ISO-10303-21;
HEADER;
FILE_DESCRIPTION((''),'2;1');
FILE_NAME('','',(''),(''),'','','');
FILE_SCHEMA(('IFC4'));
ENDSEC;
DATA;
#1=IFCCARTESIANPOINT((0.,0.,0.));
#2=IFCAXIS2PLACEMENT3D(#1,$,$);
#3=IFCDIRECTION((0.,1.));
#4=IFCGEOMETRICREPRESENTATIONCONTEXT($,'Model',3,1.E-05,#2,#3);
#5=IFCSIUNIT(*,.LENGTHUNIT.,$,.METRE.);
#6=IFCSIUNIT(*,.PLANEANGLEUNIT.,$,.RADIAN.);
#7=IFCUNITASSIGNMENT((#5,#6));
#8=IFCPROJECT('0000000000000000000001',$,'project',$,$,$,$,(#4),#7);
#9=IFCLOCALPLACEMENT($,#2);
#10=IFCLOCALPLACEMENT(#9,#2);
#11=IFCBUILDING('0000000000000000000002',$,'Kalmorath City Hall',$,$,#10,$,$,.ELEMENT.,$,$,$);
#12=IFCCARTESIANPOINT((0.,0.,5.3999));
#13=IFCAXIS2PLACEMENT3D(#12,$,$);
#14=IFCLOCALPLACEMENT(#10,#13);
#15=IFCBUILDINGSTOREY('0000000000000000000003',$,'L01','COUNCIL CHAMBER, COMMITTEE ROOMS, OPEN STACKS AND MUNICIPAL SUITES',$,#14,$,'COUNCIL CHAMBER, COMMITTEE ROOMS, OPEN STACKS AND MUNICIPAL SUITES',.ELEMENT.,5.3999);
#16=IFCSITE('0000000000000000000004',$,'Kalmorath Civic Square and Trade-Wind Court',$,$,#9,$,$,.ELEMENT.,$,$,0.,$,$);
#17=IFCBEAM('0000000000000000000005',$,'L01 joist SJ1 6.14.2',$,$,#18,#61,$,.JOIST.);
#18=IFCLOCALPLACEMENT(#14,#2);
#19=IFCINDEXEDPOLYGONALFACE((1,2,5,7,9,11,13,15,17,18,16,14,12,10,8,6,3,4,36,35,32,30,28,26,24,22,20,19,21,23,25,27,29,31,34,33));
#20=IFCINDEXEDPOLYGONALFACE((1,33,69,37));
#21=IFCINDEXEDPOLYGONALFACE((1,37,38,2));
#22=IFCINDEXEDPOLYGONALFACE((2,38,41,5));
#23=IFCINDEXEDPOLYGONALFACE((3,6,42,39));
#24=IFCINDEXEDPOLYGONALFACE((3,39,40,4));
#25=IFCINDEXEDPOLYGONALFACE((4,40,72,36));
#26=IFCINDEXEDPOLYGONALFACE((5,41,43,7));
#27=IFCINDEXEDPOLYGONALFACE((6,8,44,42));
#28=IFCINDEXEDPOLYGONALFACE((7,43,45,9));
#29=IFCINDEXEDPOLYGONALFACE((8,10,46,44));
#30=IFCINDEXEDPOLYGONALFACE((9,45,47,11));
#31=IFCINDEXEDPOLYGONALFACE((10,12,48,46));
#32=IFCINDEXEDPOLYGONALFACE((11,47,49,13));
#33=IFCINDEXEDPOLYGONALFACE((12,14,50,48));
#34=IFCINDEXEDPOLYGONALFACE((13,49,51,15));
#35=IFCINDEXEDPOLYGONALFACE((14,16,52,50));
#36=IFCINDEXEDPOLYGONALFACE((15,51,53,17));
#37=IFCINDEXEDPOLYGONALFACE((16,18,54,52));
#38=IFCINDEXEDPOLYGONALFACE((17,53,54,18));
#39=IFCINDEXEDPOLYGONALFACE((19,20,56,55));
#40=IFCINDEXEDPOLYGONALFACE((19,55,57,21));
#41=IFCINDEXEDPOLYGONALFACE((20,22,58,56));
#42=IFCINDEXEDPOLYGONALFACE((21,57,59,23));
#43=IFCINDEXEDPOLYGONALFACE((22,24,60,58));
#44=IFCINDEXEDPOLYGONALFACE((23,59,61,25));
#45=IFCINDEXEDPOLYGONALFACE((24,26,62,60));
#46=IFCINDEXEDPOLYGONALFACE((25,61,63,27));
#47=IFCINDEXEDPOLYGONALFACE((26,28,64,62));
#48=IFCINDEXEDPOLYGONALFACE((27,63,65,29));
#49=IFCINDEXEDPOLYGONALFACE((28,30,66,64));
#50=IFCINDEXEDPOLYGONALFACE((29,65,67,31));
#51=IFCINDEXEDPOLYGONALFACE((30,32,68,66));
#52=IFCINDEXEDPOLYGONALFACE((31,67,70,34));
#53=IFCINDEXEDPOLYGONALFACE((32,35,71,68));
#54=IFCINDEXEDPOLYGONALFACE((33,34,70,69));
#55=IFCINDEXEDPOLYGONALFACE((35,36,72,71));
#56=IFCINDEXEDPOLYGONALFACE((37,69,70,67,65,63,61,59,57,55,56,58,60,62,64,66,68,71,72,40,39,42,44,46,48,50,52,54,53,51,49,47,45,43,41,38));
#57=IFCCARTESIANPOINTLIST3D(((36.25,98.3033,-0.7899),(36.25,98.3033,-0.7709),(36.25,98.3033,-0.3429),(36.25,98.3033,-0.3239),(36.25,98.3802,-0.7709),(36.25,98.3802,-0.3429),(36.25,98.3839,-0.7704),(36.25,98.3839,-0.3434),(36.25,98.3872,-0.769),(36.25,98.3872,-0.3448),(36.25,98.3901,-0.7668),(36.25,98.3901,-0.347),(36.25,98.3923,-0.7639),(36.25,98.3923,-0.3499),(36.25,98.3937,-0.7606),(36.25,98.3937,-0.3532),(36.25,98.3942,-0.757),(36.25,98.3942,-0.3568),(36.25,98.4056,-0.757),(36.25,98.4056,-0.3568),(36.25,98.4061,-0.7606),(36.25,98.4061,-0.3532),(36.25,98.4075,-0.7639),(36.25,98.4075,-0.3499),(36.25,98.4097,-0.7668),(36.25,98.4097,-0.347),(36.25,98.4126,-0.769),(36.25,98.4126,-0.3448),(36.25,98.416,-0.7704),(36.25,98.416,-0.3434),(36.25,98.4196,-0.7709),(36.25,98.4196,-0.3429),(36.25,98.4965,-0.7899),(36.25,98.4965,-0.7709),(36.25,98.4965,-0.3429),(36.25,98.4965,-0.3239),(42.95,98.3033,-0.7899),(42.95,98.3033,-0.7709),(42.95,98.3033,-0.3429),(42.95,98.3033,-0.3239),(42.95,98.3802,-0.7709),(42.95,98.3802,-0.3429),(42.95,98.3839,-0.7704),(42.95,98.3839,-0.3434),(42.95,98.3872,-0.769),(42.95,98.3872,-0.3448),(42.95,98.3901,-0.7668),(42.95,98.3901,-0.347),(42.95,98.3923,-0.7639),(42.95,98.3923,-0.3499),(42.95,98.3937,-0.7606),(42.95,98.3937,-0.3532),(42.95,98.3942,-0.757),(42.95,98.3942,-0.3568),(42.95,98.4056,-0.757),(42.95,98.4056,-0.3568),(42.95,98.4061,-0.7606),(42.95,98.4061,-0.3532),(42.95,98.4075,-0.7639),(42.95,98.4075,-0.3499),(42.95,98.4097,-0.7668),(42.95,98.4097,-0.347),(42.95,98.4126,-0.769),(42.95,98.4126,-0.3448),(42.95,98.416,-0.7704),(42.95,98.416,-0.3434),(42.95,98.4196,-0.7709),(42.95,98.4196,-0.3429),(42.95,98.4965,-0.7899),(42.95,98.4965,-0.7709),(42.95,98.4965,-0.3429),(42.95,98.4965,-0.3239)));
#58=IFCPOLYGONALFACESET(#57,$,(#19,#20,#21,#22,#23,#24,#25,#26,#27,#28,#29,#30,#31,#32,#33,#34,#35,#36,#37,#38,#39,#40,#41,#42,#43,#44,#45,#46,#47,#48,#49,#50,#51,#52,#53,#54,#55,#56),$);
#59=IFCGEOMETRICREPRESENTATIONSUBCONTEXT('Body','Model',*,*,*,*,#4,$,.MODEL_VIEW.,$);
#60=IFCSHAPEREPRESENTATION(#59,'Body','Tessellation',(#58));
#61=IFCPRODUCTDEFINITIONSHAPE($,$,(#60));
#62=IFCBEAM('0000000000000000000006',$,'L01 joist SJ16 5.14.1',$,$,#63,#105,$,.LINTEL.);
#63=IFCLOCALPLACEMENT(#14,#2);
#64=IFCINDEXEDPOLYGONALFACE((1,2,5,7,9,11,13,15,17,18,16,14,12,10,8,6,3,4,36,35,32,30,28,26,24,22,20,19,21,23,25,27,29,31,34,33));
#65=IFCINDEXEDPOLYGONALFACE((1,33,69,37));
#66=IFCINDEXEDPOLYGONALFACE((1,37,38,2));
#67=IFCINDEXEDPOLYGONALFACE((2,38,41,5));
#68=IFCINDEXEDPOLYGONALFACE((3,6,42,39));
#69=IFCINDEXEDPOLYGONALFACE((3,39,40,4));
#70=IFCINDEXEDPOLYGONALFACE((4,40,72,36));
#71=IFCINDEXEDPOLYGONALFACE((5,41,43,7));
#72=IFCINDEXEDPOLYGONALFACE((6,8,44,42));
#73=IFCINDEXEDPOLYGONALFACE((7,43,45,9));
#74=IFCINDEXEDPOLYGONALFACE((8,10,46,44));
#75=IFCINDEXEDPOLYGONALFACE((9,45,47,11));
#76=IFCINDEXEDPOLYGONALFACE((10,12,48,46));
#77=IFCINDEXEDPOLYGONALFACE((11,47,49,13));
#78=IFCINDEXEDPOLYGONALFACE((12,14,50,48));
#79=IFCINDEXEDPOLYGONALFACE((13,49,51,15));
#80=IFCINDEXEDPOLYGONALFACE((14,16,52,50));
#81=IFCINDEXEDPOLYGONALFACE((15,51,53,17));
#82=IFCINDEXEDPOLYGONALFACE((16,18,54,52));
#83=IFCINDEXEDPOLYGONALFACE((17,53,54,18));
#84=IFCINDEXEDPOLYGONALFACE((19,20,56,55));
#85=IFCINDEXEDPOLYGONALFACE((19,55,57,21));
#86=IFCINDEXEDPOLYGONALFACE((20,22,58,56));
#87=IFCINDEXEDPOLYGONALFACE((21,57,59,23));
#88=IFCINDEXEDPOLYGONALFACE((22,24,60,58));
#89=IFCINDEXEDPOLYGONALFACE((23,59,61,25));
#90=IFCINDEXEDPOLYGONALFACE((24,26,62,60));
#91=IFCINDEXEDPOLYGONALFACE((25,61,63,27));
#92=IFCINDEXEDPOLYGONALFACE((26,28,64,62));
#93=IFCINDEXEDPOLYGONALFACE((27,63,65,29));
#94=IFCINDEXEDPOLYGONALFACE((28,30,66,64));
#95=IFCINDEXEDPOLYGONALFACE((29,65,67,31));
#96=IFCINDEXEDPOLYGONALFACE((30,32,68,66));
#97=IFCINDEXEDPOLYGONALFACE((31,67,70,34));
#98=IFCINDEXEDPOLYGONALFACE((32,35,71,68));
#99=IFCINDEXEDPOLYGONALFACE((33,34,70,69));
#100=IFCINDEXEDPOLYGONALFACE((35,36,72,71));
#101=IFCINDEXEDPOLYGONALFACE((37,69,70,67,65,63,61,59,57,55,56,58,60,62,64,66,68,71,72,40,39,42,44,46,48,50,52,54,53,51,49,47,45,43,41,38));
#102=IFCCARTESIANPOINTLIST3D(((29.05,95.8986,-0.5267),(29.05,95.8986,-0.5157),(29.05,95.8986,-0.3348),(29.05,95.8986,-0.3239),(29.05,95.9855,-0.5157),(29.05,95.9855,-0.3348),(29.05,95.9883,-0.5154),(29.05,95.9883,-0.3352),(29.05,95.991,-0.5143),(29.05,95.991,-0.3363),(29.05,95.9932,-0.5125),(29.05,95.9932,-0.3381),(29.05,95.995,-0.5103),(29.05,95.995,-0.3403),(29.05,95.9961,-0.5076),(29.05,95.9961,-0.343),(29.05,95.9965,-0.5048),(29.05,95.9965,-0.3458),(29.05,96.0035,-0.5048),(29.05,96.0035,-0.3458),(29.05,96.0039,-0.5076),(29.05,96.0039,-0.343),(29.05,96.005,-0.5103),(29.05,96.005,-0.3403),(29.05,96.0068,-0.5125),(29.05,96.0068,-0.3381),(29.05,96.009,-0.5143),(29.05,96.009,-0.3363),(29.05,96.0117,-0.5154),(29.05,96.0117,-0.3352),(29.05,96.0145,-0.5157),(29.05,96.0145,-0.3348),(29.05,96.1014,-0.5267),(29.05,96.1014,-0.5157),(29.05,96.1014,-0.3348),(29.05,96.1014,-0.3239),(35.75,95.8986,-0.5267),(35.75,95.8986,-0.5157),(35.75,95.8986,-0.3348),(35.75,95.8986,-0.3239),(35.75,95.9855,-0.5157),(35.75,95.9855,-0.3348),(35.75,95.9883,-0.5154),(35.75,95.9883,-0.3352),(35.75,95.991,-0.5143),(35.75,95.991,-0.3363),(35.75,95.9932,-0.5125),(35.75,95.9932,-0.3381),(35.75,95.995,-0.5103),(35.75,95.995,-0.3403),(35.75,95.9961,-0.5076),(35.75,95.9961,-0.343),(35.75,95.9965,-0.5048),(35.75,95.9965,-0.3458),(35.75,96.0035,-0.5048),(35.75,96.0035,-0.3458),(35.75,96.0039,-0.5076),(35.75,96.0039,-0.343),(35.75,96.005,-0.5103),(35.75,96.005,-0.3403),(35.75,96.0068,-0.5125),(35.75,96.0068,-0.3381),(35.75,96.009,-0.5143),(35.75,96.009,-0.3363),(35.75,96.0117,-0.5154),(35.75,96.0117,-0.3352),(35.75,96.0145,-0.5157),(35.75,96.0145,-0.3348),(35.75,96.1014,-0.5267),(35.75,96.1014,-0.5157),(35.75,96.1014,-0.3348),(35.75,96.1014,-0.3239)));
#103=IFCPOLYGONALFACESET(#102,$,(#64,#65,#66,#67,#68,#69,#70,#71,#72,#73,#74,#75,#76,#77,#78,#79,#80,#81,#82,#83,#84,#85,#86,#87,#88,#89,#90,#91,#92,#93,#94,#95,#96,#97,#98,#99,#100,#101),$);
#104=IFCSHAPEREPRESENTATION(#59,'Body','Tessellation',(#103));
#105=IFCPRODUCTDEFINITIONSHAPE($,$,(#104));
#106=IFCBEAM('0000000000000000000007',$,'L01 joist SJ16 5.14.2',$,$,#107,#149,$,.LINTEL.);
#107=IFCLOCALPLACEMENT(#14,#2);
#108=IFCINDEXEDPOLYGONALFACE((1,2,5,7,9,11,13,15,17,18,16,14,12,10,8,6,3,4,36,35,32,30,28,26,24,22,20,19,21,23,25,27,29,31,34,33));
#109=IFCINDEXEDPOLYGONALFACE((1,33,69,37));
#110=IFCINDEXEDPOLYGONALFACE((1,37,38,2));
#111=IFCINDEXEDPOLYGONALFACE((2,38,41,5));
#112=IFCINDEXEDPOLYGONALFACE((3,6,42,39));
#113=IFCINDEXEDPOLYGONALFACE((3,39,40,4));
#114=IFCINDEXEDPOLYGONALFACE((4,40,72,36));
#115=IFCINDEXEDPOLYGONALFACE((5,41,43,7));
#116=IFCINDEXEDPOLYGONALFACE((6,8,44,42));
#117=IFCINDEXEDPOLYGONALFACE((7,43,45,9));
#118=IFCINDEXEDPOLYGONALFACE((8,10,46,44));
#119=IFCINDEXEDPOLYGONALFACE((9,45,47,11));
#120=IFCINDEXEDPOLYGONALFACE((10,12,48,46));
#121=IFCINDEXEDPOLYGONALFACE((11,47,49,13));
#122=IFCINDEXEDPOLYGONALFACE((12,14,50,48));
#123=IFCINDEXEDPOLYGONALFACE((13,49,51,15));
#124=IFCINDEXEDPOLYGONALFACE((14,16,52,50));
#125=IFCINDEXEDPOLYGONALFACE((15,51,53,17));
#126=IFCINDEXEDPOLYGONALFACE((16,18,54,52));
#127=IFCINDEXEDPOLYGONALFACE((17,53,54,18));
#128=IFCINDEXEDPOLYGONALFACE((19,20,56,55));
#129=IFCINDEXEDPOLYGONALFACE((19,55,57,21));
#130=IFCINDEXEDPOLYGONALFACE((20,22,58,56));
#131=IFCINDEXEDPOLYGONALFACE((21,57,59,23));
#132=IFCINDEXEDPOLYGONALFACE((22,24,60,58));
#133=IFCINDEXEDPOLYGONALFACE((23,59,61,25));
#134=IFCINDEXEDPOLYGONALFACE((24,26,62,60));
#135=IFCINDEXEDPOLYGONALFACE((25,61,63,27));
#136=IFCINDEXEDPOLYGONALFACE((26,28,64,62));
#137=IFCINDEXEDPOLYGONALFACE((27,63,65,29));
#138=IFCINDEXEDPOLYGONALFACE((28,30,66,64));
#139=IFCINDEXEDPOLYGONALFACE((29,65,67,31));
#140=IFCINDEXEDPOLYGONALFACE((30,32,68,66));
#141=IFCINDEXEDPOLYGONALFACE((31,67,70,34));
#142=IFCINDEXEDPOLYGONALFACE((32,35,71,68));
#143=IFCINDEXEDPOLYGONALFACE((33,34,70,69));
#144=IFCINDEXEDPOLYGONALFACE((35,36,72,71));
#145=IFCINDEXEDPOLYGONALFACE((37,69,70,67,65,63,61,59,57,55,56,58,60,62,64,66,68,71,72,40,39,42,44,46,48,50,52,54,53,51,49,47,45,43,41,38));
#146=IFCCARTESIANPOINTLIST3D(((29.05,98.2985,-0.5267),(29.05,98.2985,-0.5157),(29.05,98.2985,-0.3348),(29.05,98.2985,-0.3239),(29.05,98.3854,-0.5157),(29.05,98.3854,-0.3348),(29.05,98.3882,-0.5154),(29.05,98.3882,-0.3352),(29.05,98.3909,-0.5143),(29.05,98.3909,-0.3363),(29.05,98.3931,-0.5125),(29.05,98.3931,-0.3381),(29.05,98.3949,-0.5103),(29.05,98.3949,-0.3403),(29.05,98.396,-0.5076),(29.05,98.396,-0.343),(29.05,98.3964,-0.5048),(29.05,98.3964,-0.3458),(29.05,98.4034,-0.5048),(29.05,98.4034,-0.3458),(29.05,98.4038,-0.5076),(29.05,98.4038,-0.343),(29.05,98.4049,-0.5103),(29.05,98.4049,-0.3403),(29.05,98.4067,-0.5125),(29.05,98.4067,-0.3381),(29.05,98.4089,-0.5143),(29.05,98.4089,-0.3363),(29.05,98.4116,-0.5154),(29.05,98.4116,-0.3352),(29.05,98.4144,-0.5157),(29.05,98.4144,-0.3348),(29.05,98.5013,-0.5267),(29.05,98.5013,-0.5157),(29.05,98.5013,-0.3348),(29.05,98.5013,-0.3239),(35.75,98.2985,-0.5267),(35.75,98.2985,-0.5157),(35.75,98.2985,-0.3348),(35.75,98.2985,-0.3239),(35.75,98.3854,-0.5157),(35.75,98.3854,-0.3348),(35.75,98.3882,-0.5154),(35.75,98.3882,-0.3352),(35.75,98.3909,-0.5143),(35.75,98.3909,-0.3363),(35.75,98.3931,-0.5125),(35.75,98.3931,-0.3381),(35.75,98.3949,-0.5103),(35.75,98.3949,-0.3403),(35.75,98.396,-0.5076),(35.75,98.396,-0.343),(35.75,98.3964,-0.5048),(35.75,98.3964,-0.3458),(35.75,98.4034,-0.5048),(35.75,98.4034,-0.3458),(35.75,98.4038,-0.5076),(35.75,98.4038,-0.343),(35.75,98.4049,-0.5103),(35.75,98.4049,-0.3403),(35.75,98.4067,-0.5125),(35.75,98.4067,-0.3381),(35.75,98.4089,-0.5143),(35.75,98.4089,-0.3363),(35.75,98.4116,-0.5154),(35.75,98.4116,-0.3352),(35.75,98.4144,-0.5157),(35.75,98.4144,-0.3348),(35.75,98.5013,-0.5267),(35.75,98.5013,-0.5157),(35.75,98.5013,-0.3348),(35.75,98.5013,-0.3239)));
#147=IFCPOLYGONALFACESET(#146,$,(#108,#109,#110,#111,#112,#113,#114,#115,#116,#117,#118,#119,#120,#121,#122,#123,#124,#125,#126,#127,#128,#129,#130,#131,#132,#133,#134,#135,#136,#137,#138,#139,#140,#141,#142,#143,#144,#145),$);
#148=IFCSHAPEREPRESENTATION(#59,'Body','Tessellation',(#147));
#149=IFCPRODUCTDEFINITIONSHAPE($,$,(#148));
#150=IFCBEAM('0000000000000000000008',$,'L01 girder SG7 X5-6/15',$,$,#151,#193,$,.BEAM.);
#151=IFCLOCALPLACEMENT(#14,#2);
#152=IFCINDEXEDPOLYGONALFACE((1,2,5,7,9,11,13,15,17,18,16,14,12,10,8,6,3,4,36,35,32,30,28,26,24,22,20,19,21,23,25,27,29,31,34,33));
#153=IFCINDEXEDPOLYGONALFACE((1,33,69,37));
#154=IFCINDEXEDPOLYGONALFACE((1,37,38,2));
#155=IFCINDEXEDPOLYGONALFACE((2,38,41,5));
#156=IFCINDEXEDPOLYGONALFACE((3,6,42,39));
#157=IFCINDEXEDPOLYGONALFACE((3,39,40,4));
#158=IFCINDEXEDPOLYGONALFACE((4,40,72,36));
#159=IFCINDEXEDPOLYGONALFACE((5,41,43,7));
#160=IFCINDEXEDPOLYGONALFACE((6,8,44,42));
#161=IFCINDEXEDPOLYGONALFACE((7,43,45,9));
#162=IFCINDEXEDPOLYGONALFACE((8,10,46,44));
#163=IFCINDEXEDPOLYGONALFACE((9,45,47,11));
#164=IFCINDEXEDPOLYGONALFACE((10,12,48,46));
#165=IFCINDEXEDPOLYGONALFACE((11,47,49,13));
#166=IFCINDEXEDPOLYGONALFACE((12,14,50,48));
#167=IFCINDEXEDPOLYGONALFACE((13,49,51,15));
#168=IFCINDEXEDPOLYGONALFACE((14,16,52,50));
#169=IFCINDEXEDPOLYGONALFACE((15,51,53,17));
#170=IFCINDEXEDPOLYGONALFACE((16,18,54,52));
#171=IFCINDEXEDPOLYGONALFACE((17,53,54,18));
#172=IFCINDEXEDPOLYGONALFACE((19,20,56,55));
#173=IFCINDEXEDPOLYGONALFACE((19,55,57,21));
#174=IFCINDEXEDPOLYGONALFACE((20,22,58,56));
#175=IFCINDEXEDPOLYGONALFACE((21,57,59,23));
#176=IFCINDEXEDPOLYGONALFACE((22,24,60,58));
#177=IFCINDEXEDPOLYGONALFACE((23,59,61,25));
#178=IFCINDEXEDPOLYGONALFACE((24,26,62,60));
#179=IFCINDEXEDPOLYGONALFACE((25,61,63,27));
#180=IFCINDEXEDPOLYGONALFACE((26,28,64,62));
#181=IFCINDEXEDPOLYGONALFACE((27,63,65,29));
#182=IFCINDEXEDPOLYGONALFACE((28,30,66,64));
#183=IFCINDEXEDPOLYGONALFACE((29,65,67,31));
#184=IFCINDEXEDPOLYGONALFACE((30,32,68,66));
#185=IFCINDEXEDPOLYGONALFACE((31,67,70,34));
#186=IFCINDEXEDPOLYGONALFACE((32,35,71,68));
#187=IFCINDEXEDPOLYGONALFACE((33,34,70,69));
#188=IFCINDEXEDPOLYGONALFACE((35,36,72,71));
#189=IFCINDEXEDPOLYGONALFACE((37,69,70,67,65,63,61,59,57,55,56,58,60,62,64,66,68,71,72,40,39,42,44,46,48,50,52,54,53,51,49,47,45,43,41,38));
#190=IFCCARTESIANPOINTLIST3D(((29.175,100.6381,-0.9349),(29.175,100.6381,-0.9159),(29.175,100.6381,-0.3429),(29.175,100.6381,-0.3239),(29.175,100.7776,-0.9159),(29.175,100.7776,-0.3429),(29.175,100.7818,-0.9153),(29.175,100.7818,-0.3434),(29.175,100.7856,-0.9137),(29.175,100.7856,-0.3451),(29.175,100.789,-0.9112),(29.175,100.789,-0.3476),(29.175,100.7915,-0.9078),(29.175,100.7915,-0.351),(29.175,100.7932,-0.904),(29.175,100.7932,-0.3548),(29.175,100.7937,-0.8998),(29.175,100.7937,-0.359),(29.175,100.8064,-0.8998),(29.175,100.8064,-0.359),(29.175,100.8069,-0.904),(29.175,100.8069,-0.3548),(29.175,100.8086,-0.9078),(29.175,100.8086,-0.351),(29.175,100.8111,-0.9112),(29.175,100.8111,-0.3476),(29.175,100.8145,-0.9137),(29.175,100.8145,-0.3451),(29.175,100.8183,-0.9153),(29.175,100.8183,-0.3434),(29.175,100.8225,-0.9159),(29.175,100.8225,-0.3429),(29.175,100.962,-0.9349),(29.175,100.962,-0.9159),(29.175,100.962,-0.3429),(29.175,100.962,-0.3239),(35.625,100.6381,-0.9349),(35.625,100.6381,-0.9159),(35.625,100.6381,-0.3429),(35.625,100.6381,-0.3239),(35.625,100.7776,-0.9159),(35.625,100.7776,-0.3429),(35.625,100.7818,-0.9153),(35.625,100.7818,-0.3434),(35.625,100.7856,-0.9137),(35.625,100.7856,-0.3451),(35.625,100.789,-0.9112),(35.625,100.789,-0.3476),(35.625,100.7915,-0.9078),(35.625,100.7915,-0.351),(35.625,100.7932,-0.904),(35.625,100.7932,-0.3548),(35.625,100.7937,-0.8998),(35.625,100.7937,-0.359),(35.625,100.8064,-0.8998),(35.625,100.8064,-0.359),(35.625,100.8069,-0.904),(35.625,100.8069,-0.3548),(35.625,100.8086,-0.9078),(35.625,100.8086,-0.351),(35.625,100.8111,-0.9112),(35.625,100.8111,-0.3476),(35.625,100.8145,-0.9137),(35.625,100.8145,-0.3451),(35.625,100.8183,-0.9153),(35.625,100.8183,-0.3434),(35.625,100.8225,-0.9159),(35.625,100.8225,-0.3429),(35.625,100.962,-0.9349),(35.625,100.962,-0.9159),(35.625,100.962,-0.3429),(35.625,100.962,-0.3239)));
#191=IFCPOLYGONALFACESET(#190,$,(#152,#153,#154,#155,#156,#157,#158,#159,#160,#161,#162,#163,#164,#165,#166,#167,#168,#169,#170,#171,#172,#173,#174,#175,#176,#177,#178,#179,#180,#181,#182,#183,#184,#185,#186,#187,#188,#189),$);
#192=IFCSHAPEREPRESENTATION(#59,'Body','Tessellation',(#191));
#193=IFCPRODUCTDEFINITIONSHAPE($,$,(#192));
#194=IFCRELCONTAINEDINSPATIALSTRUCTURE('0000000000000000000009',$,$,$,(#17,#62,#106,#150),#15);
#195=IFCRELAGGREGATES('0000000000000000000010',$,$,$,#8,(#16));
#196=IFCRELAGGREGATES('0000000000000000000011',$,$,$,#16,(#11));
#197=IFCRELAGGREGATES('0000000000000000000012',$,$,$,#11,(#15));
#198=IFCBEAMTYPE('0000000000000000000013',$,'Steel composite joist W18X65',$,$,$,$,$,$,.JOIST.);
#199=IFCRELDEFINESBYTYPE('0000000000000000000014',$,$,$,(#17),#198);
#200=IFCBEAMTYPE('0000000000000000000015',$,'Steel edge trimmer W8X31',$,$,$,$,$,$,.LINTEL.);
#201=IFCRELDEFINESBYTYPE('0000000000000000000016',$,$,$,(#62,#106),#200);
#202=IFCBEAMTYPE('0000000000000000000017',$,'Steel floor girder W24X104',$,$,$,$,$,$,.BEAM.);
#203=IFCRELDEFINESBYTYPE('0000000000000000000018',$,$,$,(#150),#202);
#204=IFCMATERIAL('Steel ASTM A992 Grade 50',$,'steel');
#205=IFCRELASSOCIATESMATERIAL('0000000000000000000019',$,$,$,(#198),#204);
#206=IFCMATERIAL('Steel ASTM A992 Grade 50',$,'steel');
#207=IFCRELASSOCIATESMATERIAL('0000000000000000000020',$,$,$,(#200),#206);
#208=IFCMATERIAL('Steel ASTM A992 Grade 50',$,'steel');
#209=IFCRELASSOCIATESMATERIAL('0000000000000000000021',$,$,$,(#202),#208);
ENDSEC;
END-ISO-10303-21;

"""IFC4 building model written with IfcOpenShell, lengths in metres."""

from ifc_helpers import new_model, si_unit, direction, frame, origin, origin_2d, place, context, subcontext, project, spatial, i_section, extrude, material, material_profile, profile_set, type_object, element, save


model = new_model("IFC4")

# Units and contexts
model_context = context("Model", 3, precision=1e-05, world=origin(), true_north=direction((0.0, 1.0)))
body_context = subcontext(model_context, "Body", "Model", "MODEL_VIEW")
ifc_project = project(units=[si_unit("LENGTHUNIT", "METRE"), si_unit("PLANEANGLEUNIT", "RADIAN")], contexts=[model_context])

# Site, building, storey
site_placement = place(None, origin())
site = spatial("IfcSite", under=ifc_project, at=site_placement, Name="Kalmorath Civic Square and Trade-Wind Court", CompositionType="ELEMENT", RefElevation=0.0)
building_placement = place(site_placement, origin())
building = spatial("IfcBuilding", under=site, at=building_placement, Name="Kalmorath City Hall", CompositionType="ELEMENT")
storey_placement = place(building_placement, frame((0.0, 0.0, 5.3999)))
storey = spatial("IfcBuildingStorey", under=building, at=storey_placement, Name="L01", Description="COUNCIL CHAMBER, COMMITTEE ROOMS, OPEN STACKS AND MUNICIPAL SUITES", LongName="COUNCIL CHAMBER, COMMITTEE ROOMS, OPEN STACKS AND MUNICIPAL SUITES", CompositionType="ELEMENT", Elevation=5.3999)

# Beams
ifc_material_1 = material(Name="Steel ASTM A992 Grade 50", Category="steel")
ifc_material_profile_1 = material_profile(ifc_material_1, i_section(OverallWidth=0.1931, OverallDepth=0.4661, WebThickness=0.0115, FlangeThickness=0.019, FilletRadius=0.0139, at=origin_2d()), Name="W18X65")
ifc_profile_set_1 = profile_set([ifc_material_profile_1], Name="Steel ASTM A992 Grade 50")
beam_type_1 = type_object("IfcBeamType", Name="Steel composite joist W18X65", PredefinedType="JOIST", material=ifc_profile_set_1)
for number, where, z_axis, x_axis, name in (
    (1, (36.25, 98.3999, -0.5569), (1.0, 0.0, 0.0), (0.0, 1.0, 0.0), "L01 joist SJ1 6.14.2"),
):
    element("IfcBeam", number, at=place(storey_placement, frame(where, z_axis=z_axis, x_axis=x_axis)), inside=storey, type_object=beam_type_1, Name=name, PredefinedType="JOIST", context=body_context, shape_type="SweptSolid", body=[
        extrude(i_section(OverallWidth=0.1931, OverallDepth=0.4661, WebThickness=0.0115, FlangeThickness=0.019, FilletRadius=0.0139, at=origin_2d()), origin(), (0.0, 0.0, 1.0), 6.7),
    ])
ifc_material_2 = material(Name="Steel ASTM A992 Grade 50", Category="steel")
ifc_material_profile_2 = material_profile(ifc_material_2, i_section(OverallWidth=0.2029, OverallDepth=0.2029, WebThickness=0.0071, FlangeThickness=0.011, FilletRadius=0.011, at=origin_2d()), Name="W8X31")
ifc_profile_set_2 = profile_set([ifc_material_profile_2], Name="Steel ASTM A992 Grade 50")
beam_type_2 = type_object("IfcBeamType", Name="Steel edge trimmer W8X31", PredefinedType="LINTEL", material=ifc_profile_set_2)
for number, where, z_axis, x_axis, name in (
    (2, (29.05, 96.0, -0.4253), (1.0, 0.0, 0.0), (0.0, 1.0, 0.0), "L01 joist SJ16 5.14.1"),
    (3, (29.05, 98.3999, -0.4253), (1.0, 0.0, 0.0), (0.0, 1.0, 0.0), "L01 joist SJ16 5.14.2"),
):
    element("IfcBeam", number, at=place(storey_placement, frame(where, z_axis=z_axis, x_axis=x_axis)), inside=storey, type_object=beam_type_2, Name=name, PredefinedType="LINTEL", context=body_context, shape_type="SweptSolid", body=[
        extrude(i_section(OverallWidth=0.2029, OverallDepth=0.2029, WebThickness=0.0071, FlangeThickness=0.011, FilletRadius=0.011, at=origin_2d()), origin(), (0.0, 0.0, 1.0), 6.7),
    ])
ifc_material_3 = material(Name="Steel ASTM A992 Grade 50", Category="steel")
ifc_material_profile_3 = material_profile(ifc_material_3, i_section(OverallWidth=0.324, OverallDepth=0.6111, WebThickness=0.0127, FlangeThickness=0.019, FilletRadius=0.0161, at=origin_2d()), Name="W24X104")
ifc_profile_set_3 = profile_set([ifc_material_profile_3], Name="Steel ASTM A992 Grade 50")
beam_type_3 = type_object("IfcBeamType", Name="Steel floor girder W24X104", PredefinedType="BEAM", material=ifc_profile_set_3)
for number, where, z_axis, x_axis, name in (
    (4, (29.175, 100.8, -0.6294), (1.0, 0.0, 0.0), (0.0, 1.0, 0.0), "L01 girder SG7 X5-6/15"),
):
    element("IfcBeam", number, at=place(storey_placement, frame(where, z_axis=z_axis, x_axis=x_axis)), inside=storey, type_object=beam_type_3, Name=name, PredefinedType="BEAM", context=body_context, shape_type="SweptSolid", body=[
        extrude(i_section(OverallWidth=0.324, OverallDepth=0.6111, WebThickness=0.0127, FlangeThickness=0.019, FilletRadius=0.0161, at=origin_2d()), origin(), (0.0, 0.0, 1.0), 6.45),
    ])

save(model, "model.ifc")
